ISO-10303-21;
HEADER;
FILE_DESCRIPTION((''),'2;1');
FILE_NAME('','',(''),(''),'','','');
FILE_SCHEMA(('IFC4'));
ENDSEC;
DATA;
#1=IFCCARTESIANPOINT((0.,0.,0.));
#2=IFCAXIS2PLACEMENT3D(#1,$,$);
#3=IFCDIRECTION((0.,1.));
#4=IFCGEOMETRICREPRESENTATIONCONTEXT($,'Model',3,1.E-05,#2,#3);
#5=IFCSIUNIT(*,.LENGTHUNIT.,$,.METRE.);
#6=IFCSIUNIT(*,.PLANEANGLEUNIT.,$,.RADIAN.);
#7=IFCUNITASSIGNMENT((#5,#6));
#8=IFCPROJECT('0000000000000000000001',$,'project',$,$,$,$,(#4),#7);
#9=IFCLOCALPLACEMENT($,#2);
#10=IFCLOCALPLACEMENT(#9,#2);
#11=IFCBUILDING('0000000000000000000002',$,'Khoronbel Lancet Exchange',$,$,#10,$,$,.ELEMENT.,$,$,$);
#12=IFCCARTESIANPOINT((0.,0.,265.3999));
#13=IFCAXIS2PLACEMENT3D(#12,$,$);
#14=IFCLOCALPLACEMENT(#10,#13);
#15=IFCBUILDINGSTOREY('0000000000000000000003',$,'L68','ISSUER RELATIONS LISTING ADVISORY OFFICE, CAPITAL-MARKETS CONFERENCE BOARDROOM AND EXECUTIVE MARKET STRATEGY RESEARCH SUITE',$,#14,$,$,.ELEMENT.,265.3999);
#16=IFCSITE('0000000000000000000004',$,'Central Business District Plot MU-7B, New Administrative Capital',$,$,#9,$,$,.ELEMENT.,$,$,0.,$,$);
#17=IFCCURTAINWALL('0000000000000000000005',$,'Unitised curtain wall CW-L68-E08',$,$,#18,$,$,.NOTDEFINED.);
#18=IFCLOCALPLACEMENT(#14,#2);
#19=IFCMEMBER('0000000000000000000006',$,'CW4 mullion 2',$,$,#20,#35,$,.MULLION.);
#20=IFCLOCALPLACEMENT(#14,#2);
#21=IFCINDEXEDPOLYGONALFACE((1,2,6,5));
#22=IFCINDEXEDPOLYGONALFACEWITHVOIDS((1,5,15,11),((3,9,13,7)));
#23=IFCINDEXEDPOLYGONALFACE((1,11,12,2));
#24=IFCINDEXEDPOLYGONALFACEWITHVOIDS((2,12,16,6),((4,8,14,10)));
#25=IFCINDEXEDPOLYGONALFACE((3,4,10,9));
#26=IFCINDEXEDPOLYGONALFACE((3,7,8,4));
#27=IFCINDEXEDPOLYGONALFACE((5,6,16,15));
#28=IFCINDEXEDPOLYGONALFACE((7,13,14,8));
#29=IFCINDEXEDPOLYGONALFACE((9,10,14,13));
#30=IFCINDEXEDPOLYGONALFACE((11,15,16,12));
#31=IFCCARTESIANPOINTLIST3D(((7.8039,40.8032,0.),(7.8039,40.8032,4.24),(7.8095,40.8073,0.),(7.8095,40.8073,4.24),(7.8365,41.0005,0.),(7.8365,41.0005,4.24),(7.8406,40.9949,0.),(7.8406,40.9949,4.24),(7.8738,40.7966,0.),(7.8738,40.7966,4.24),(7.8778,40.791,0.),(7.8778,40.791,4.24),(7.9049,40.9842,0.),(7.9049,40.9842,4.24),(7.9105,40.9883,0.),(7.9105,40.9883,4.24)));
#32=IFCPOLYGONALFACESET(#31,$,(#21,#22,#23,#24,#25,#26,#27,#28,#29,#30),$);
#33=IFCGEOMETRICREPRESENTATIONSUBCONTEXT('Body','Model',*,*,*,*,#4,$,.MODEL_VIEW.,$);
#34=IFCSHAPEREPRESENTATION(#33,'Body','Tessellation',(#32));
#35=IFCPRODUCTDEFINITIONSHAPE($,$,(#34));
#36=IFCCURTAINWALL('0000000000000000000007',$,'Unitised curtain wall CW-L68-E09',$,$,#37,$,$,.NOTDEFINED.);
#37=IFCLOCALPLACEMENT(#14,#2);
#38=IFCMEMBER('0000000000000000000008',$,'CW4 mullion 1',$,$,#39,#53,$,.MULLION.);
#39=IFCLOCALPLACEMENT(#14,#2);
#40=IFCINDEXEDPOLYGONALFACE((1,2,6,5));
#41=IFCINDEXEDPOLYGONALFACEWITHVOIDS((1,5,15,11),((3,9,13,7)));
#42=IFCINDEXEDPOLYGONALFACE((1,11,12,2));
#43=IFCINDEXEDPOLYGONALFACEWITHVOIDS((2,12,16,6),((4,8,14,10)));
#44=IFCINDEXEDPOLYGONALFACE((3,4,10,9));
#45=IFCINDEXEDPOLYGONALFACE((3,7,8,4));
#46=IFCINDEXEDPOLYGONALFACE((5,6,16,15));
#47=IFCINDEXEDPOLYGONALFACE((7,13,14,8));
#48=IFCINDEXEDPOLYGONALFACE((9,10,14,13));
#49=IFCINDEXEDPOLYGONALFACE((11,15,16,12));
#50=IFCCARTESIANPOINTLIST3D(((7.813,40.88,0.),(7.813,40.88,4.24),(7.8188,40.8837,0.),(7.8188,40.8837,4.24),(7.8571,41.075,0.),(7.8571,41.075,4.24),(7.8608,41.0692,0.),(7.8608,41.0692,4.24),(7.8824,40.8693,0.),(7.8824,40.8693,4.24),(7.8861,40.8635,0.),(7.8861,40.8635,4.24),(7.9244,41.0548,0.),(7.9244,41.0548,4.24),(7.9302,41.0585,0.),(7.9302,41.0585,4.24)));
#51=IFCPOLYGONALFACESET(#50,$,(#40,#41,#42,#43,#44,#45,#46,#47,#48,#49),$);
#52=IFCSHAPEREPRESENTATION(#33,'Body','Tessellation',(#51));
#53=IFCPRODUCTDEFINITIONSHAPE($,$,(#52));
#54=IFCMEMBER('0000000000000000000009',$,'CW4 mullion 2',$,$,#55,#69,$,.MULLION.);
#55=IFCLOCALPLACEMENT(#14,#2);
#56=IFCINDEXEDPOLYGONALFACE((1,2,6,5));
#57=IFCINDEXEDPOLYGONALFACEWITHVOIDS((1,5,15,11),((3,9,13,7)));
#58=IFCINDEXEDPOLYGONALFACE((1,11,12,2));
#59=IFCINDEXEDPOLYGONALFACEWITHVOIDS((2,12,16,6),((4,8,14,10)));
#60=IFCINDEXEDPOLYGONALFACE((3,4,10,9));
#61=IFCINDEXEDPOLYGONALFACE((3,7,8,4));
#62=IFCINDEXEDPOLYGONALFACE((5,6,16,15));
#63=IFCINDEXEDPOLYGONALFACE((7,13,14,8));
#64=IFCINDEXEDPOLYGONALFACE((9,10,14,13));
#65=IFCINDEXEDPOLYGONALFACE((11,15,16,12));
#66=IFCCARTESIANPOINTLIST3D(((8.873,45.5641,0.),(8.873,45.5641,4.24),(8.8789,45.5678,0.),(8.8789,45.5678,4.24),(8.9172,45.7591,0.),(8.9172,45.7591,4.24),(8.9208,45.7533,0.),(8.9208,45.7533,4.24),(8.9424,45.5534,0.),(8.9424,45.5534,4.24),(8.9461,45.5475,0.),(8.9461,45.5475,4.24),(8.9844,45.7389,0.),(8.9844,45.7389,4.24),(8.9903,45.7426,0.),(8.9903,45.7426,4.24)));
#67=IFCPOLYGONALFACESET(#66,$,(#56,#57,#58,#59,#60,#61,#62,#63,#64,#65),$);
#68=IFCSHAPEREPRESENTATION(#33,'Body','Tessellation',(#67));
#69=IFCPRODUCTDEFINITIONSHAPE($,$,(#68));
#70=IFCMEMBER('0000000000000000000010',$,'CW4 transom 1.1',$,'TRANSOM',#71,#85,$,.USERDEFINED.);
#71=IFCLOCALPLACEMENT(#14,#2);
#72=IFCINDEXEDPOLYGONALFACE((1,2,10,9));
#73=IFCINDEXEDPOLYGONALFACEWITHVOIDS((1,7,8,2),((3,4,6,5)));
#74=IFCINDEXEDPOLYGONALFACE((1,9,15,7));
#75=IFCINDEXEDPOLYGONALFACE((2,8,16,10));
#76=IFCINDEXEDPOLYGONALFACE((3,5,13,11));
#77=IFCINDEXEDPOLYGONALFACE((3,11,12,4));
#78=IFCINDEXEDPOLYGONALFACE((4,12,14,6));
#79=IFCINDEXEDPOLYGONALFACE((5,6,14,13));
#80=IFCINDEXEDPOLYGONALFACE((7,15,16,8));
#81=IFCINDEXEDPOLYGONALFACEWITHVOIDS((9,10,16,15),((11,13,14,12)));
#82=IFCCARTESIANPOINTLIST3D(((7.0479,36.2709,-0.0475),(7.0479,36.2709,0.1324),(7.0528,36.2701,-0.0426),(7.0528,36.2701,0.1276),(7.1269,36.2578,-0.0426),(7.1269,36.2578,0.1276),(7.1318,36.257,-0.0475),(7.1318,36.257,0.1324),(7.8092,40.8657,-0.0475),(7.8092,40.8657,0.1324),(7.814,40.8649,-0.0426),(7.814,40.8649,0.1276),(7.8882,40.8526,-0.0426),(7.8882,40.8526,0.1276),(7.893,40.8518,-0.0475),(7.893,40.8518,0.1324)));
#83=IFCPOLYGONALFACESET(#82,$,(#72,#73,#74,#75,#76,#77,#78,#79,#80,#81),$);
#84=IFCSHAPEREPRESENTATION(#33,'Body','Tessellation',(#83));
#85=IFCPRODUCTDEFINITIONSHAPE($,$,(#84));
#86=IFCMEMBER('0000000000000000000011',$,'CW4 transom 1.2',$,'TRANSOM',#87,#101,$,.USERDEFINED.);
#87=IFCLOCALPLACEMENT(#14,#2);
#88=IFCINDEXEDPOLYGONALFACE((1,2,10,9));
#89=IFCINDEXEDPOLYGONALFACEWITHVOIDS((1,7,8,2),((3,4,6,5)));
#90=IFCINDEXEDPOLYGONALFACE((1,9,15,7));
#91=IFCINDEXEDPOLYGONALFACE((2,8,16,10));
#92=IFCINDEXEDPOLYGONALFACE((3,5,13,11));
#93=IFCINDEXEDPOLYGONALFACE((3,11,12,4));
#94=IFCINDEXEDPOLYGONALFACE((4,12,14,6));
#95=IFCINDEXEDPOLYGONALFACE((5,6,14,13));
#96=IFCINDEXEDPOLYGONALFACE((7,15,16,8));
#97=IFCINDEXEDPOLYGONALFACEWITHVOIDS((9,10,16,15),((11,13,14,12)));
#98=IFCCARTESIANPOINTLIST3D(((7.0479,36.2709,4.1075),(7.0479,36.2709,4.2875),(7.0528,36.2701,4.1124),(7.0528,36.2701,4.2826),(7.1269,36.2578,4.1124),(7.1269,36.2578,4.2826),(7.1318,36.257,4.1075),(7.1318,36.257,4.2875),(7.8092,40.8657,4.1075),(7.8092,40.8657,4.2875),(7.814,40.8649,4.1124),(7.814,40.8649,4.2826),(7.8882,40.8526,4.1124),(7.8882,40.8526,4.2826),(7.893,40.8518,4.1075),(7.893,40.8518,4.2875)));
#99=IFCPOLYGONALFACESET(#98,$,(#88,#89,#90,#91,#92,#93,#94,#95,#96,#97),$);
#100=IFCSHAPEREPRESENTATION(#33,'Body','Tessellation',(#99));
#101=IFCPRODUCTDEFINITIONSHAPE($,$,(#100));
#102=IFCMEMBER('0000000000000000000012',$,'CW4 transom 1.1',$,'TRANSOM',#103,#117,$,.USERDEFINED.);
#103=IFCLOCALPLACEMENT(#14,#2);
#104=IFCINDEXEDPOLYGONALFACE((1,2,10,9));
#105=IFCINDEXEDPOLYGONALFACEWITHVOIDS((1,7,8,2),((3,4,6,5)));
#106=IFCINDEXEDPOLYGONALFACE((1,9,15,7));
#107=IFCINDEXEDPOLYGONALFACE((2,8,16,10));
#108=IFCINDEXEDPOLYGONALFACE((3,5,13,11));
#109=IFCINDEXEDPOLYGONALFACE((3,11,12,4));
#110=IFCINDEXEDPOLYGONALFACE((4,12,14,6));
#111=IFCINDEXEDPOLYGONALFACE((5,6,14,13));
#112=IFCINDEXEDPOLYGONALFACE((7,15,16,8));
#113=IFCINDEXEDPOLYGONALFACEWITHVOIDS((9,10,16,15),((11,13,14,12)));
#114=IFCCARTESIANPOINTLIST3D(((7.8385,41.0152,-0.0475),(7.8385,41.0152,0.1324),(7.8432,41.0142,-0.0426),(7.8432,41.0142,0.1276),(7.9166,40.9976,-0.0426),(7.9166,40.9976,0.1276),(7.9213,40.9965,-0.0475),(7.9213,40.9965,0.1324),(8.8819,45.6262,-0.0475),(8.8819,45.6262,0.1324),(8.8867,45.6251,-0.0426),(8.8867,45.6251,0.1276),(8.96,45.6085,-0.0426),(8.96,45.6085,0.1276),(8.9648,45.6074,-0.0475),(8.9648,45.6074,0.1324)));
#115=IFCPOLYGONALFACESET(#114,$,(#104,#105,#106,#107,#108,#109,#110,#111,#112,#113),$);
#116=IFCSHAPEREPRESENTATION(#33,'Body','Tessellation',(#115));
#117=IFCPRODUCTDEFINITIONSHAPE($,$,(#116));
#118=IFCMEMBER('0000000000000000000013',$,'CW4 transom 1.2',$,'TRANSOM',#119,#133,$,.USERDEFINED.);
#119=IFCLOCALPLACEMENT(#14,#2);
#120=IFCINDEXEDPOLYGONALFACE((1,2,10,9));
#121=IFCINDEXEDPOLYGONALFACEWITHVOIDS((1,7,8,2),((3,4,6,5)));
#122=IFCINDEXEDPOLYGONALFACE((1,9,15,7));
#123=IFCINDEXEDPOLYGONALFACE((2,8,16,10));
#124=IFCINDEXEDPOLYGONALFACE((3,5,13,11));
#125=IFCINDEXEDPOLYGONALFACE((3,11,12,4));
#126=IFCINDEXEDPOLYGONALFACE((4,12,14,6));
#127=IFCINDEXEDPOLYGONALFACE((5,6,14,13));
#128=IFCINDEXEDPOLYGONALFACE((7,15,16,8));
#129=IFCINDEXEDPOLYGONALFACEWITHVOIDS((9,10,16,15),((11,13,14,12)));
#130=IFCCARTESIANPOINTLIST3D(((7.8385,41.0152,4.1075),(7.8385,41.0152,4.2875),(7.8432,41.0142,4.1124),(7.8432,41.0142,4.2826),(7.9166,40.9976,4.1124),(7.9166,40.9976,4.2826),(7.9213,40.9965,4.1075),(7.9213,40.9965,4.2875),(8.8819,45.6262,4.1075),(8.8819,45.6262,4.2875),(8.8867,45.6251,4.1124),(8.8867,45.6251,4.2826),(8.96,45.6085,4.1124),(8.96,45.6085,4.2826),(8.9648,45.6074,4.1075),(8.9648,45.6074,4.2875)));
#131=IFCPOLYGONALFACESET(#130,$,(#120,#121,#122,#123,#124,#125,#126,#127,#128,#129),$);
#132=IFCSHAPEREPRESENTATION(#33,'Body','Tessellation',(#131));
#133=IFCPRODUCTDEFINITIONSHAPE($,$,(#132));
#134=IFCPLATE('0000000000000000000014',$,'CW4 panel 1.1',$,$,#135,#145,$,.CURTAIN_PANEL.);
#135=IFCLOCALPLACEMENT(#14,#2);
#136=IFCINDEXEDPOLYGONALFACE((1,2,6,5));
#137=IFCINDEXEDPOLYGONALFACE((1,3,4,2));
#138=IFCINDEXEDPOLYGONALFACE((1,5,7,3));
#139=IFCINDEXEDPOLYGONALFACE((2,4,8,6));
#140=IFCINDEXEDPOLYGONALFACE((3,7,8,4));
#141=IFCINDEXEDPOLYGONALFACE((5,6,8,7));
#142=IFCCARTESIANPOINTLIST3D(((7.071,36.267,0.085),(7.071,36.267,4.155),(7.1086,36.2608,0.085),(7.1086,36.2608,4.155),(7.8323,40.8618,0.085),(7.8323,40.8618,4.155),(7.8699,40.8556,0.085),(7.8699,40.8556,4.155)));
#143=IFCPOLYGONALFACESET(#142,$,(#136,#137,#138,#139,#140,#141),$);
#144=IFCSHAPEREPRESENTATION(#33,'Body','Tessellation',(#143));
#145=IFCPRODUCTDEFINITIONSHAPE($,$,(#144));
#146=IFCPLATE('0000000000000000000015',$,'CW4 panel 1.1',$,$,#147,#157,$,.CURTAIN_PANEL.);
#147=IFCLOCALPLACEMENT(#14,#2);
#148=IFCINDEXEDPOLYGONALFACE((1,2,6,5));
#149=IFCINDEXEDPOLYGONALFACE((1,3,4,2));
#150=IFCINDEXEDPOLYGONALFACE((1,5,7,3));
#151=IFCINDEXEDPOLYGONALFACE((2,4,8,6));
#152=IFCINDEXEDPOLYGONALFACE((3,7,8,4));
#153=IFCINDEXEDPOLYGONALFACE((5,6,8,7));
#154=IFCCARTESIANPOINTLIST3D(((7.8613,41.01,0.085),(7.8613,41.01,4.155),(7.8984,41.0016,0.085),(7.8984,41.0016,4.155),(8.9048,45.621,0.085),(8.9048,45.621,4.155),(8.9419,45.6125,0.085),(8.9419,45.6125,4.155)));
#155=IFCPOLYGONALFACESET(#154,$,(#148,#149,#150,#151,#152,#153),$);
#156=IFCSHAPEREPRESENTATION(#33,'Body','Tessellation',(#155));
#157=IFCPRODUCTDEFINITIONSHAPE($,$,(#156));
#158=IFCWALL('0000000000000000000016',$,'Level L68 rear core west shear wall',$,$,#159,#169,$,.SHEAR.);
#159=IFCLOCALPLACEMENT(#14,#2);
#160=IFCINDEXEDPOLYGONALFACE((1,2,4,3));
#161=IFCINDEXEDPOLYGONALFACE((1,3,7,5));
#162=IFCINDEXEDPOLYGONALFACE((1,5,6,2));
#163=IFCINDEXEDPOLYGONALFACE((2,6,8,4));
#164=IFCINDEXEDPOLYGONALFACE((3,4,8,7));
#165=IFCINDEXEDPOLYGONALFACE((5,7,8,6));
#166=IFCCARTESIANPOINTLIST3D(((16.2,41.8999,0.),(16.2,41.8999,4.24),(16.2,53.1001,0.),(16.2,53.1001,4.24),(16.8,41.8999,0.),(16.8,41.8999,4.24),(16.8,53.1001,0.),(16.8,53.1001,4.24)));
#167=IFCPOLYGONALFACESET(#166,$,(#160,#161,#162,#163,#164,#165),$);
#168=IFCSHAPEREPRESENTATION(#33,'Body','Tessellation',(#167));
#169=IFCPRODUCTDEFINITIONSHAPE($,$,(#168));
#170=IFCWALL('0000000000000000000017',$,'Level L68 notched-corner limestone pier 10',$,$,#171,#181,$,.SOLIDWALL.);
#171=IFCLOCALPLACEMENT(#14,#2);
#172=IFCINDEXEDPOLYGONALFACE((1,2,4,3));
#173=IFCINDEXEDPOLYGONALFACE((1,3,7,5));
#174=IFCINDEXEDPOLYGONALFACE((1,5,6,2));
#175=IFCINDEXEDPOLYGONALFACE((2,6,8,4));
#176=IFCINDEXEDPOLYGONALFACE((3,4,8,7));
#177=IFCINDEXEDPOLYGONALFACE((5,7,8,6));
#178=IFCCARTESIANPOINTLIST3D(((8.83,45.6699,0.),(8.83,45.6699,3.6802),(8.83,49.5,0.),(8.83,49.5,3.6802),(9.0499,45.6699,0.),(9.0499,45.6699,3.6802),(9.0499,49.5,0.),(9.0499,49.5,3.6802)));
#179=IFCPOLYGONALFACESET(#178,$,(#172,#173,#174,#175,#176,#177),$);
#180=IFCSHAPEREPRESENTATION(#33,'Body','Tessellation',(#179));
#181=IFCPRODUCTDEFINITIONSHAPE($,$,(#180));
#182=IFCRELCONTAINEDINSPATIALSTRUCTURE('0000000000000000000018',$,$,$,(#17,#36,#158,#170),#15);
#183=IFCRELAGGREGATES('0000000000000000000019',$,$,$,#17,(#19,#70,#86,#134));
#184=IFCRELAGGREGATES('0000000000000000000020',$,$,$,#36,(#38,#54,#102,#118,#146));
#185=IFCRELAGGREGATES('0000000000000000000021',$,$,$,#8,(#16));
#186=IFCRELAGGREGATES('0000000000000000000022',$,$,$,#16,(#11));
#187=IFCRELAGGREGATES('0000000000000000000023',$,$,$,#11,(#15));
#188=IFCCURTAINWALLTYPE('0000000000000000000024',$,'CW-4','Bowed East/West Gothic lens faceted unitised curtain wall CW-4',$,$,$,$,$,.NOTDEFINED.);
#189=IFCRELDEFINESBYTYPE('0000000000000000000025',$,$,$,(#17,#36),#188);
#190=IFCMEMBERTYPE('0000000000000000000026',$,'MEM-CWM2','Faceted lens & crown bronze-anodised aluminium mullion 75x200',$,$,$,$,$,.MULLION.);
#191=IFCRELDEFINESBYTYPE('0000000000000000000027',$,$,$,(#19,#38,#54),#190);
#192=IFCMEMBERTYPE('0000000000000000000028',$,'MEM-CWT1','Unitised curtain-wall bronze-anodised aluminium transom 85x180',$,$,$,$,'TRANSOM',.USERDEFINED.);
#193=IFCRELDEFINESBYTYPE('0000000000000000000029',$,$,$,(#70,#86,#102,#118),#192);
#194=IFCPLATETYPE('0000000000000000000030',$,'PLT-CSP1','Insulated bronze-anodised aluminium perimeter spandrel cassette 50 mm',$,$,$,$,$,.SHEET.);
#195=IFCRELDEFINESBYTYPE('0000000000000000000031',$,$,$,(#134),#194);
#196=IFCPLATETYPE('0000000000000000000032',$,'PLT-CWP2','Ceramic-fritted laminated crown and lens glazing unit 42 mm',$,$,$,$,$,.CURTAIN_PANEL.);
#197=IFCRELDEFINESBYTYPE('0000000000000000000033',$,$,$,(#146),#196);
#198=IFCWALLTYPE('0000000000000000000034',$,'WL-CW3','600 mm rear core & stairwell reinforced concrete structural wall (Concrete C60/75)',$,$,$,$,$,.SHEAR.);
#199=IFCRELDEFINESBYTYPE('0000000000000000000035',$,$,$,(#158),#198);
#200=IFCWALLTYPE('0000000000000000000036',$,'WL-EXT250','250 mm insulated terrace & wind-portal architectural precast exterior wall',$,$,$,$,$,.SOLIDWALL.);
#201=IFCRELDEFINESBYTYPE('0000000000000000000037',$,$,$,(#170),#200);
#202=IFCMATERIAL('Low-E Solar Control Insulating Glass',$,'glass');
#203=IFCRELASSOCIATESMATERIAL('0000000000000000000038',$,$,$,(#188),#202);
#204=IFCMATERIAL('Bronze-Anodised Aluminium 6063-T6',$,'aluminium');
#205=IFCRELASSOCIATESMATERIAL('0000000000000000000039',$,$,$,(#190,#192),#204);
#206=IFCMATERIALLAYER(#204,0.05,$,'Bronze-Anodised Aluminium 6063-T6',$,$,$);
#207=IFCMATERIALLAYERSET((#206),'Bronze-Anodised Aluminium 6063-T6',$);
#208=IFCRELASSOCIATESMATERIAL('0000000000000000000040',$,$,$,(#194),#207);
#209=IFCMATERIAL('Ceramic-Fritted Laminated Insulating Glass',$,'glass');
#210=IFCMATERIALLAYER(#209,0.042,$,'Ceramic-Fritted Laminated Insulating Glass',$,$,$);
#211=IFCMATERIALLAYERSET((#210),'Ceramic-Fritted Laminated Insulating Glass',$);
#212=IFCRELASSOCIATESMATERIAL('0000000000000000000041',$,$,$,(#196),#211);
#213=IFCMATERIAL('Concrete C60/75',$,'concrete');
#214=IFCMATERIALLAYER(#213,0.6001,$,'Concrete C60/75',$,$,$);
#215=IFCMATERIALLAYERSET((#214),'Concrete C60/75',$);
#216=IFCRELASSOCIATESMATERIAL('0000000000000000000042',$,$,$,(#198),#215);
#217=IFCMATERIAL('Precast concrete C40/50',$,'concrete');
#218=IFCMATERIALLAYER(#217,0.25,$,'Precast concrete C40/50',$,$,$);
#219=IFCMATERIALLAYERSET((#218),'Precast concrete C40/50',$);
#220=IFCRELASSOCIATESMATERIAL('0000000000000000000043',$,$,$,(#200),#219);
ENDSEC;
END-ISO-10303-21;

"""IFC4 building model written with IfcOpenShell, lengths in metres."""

from ifc_helpers import new_model, si_unit, direction, frame, frame_2d, origin, origin_2d, place, context, subcontext, project, spatial, rectangle, hollow_rectangle, extrude, material, layer, layer_set, material_profile, profile_set, type_object, element, aggregate, save


model = new_model("IFC4")

# Units and contexts
model_context = context("Model", 3, precision=1e-05, world=origin(), true_north=direction((0.0, 1.0)))
body_context = subcontext(model_context, "Body", "Model", "MODEL_VIEW")
ifc_project = project(units=[si_unit("LENGTHUNIT", "METRE"), si_unit("PLANEANGLEUNIT", "RADIAN")], contexts=[model_context])

# Site, building, storey
site_placement = place(None, origin())
site = spatial("IfcSite", under=ifc_project, at=site_placement, Name="Central Business District Plot MU-7B, New Administrative Capital", CompositionType="ELEMENT", RefElevation=0.0)
building_placement = place(site_placement, origin())
building = spatial("IfcBuilding", under=site, at=building_placement, Name="Khoronbel Lancet Exchange", CompositionType="ELEMENT")
storey_placement = place(building_placement, frame((0.0, 0.0, 265.3999)))
storey = spatial("IfcBuildingStorey", under=building, at=storey_placement, Name="L68", Description="ISSUER RELATIONS LISTING ADVISORY OFFICE, CAPITAL-MARKETS CONFERENCE BOARDROOM AND EXECUTIVE MARKET STRATEGY RESEARCH SUITE", CompositionType="ELEMENT", Elevation=265.3999)

# Shared definitions
ifc_material_1 = material(Name="Low-E Solar Control Insulating Glass", Category="glass")
curtain_wall_type = type_object("IfcCurtainWallType", Name="CW-4", Description="Bowed East/West Gothic lens faceted unitised curtain wall CW-4", PredefinedType="NOTDEFINED", material=ifc_material_1)
ifc_material_2 = material(Name="Bronze-Anodised Aluminium 6063-T6", Category="aluminium")
ifc_material_profile_1 = material_profile(ifc_material_2, hollow_rectangle(XDim=0.075, YDim=0.2, WallThickness=0.0049, at=origin_2d()), Name="ALU MULLION 75x200")
ifc_profile_set_1 = profile_set([ifc_material_profile_1], Name="Bronze-Anodised Aluminium 6063-T6")
member_type_1 = type_object("IfcMemberType", Name="MEM-CWM2", Description="Faceted lens & crown bronze-anodised aluminium mullion 75x200", PredefinedType="MULLION", material=ifc_profile_set_1)

# Curtain walls, members
curtain_wall_1_placement = place(storey_placement, origin())
curtain_wall_1 = element("IfcCurtainWall", 1, at=curtain_wall_1_placement, inside=storey, type_object=curtain_wall_type, Name="Unitised curtain wall CW-L68-E08", PredefinedType="NOTDEFINED")
member_1_placement = place(storey_placement, frame((7.8572, 40.8958, 0.0), z_axis=(0.0, 0.0, 1.0), x_axis=(-0.986551, 0.163454, 0.0)))
member_1 = element("IfcMember", 2, at=member_1_placement, type_object=member_type_1, Name="CW4 mullion 2", PredefinedType="MULLION", context=body_context, shape_type="SweptSolid", body=[
    extrude(hollow_rectangle(XDim=0.075, YDim=0.2, WallThickness=0.0049, at=origin_2d()), origin(), (0.0, 0.0, 1.0), 4.24),
])
curtain_wall_2_placement = place(storey_placement, origin())
curtain_wall_2 = element("IfcCurtainWall", 3, at=curtain_wall_2_placement, inside=storey, type_object=curtain_wall_type, Name="Unitised curtain wall CW-L68-E09", PredefinedType="NOTDEFINED")
member_2_placement = place(storey_placement, frame((7.8716, 40.9692, 0.0), z_axis=(0.0, 0.0, 1.0), x_axis=(-0.975335, 0.220728, 0.0)))
member_2 = element("IfcMember", 4, at=member_2_placement, type_object=member_type_1, Name="CW4 mullion 1", PredefinedType="MULLION", context=body_context, shape_type="SweptSolid", body=[
    extrude(hollow_rectangle(XDim=0.075, YDim=0.2, WallThickness=0.0049, at=origin_2d()), origin(), (0.0, 0.0, 1.0), 4.24),
])
member_3_placement = place(storey_placement, frame((8.9316, 45.6533, 0.0), z_axis=(0.0, 0.0, 1.0), x_axis=(-0.975335, 0.220728, 0.0)))
member_3 = element("IfcMember", 5, at=member_3_placement, type_object=member_type_1, Name="CW4 mullion 2", PredefinedType="MULLION", context=body_context, shape_type="SweptSolid", body=[
    extrude(hollow_rectangle(XDim=0.075, YDim=0.2, WallThickness=0.0049, at=origin_2d()), origin(), (0.0, 0.0, 1.0), 4.24),
])

# Members
ifc_material_profile_2 = material_profile(ifc_material_2, hollow_rectangle(XDim=0.085, YDim=0.1799, WallThickness=0.0049, at=origin_2d()), Name="ALU TRANSOM 85x180")
ifc_profile_set_2 = profile_set([ifc_material_profile_2], Name="Bronze-Anodised Aluminium 6063-T6")
member_type_2 = type_object("IfcMemberType", Name="MEM-CWT1", Description="Unitised curtain-wall bronze-anodised aluminium transom 85x180", ElementType="TRANSOM", PredefinedType="USERDEFINED", material=ifc_profile_set_2)
member_4_placement = place(storey_placement, frame((7.0898, 36.2639, 0.0425), z_axis=(0.163447, 0.986552, 0.0), x_axis=(-0.986552, 0.163447, 0.0)))
member_4 = element("IfcMember", 6, at=member_4_placement, type_object=member_type_2, Name="CW4 transom 1.1", ObjectType="TRANSOM", PredefinedType="USERDEFINED", context=body_context, shape_type="SweptSolid", body=[
    extrude(hollow_rectangle(XDim=0.085, YDim=0.1799, WallThickness=0.0049, at=origin_2d()), origin(), (0.0, 0.0, 1.0), 4.6575),
])
member_5_placement = place(storey_placement, frame((7.0898, 36.2639, 4.1975), z_axis=(0.163447, 0.986552, 0.0), x_axis=(-0.986552, 0.163447, 0.0)))
member_5 = element("IfcMember", 7, at=member_5_placement, type_object=member_type_2, Name="CW4 transom 1.2", ObjectType="TRANSOM", PredefinedType="USERDEFINED", context=body_context, shape_type="SweptSolid", body=[
    extrude(hollow_rectangle(XDim=0.085, YDim=0.1799, WallThickness=0.0049, at=origin_2d()), origin(), (0.0, 0.0, 1.0), 4.6575),
])
member_6_placement = place(storey_placement, frame((7.8799, 41.0059, 0.0425), z_axis=(0.220724, 0.975336, 0.0), x_axis=(-0.975336, 0.220724, 0.0)))
member_6 = element("IfcMember", 8, at=member_6_placement, type_object=member_type_2, Name="CW4 transom 1.1", ObjectType="TRANSOM", PredefinedType="USERDEFINED", context=body_context, shape_type="SweptSolid", body=[
    extrude(hollow_rectangle(XDim=0.085, YDim=0.1799, WallThickness=0.0049, at=origin_2d()), origin(), (0.0, 0.0, 1.0), 4.7275),
])
member_7_placement = place(storey_placement, frame((7.8799, 41.0059, 4.1975), z_axis=(0.220724, 0.975336, 0.0), x_axis=(-0.975336, 0.220724, 0.0)))
member_7 = element("IfcMember", 9, at=member_7_placement, type_object=member_type_2, Name="CW4 transom 1.2", ObjectType="TRANSOM", PredefinedType="USERDEFINED", context=body_context, shape_type="SweptSolid", body=[
    extrude(hollow_rectangle(XDim=0.085, YDim=0.1799, WallThickness=0.0049, at=origin_2d()), origin(), (0.0, 0.0, 1.0), 4.7275),
])

# Plates
ifc_layer_1 = layer(ifc_material_2, 0.05, Name="Bronze-Anodised Aluminium 6063-T6")
ifc_layer_set_1 = layer_set([ifc_layer_1], Name="Bronze-Anodised Aluminium 6063-T6")
plate_type_1 = type_object("IfcPlateType", Name="PLT-CSP1", Description="Insulated bronze-anodised aluminium perimeter spandrel cassette 50 mm", PredefinedType="SHEET", material=ifc_layer_set_1)
plate_1_placement = place(storey_placement, frame((7.4705, 38.5613, 0.085), z_axis=(0.0, 0.0, 1.0), x_axis=(0.163454, 0.986551, 0.0)))
plate_1 = element("IfcPlate", 10, at=plate_1_placement, type_object=plate_type_1, Name="CW4 panel 1.1", PredefinedType="CURTAIN_PANEL", context=body_context, shape_type="SweptSolid", body=[
    extrude(rectangle(XDim=4.6575, YDim=0.0381, at=origin_2d()), origin(), (0.0, 0.0, 1.0), 4.0701),
])
aggregate(curtain_wall_1, [member_1, member_4, member_5, plate_1])
ifc_material_3 = material(Name="Ceramic-Fritted Laminated Insulating Glass", Category="glass")
ifc_layer_2 = layer(ifc_material_3, 0.042, Name="Ceramic-Fritted Laminated Insulating Glass")
ifc_layer_set_2 = layer_set([ifc_layer_2], Name="Ceramic-Fritted Laminated Insulating Glass")
plate_type_2 = type_object("IfcPlateType", Name="PLT-CWP2", Description="Ceramic-fritted laminated crown and lens glazing unit 42 mm", PredefinedType="CURTAIN_PANEL", material=ifc_layer_set_2)
plate_2_placement = place(storey_placement, frame((8.4016, 43.3113, 0.085), z_axis=(0.0, 0.0, 1.0), x_axis=(0.220728, 0.975335, 0.0)))
plate_2 = element("IfcPlate", 11, at=plate_2_placement, type_object=plate_type_2, Name="CW4 panel 1.1", PredefinedType="CURTAIN_PANEL", context=body_context, shape_type="SweptSolid", body=[
    extrude(rectangle(XDim=4.7275, YDim=0.0381, at=origin_2d()), origin(), (0.0, 0.0, 1.0), 4.0701),
])
aggregate(curtain_wall_2, [member_2, member_3, member_6, member_7, plate_2])

# Walls
ifc_material_4 = material(Name="Concrete C60/75", Category="concrete")
ifc_layer_3 = layer(ifc_material_4, 0.6001, Name="Concrete C60/75")
ifc_layer_set_3 = layer_set([ifc_layer_3], Name="Concrete C60/75")
wall_type_1 = type_object("IfcWallType", Name="WL-CW3", Description="600 mm rear core & stairwell reinforced concrete structural wall (Concrete C60/75)", PredefinedType="SHEAR", material=ifc_layer_set_3)
wall_1_placement = place(storey_placement, frame((16.5, 41.8999, 0.0), z_axis=(0.0, 0.0, 1.0), x_axis=(0.0, 1.0, 0.0)))
element("IfcWall", 12, at=wall_1_placement, inside=storey, type_object=wall_type_1, Name="Level L68 rear core west shear wall", PredefinedType="SHEAR", context=body_context, shape_type="SweptSolid", body=[
    extrude(rectangle(XDim=11.2002, YDim=0.6001, at=frame_2d((5.6001, 0.0))), origin(), (0.0, 0.0, 1.0), 4.24),
])
ifc_material_5 = material(Name="Precast concrete C40/50", Category="concrete")
ifc_layer_4 = layer(ifc_material_5, 0.25, Name="Precast concrete C40/50")
ifc_layer_set_4 = layer_set([ifc_layer_4], Name="Precast concrete C40/50")
wall_type_2 = type_object("IfcWallType", Name="WL-EXT250", Description="250 mm insulated terrace & wind-portal architectural precast exterior wall", PredefinedType="SOLIDWALL", material=ifc_layer_set_4)
wall_2_placement = place(storey_placement, frame((8.9399, 45.6699, 0.0), z_axis=(0.0, 0.0, 1.0), x_axis=(0.0, 1.0, 0.0)))
element("IfcWall", 13, at=wall_2_placement, inside=storey, type_object=wall_type_2, Name="Level L68 notched-corner limestone pier 10", PredefinedType="SOLIDWALL", context=body_context, shape_type="SweptSolid", body=[
    extrude(rectangle(XDim=3.8301, YDim=0.22, at=frame_2d((1.915, 0.0))), origin(), (0.0, 0.0, 1.0), 3.6802),
])

save(model, "model.ifc")
